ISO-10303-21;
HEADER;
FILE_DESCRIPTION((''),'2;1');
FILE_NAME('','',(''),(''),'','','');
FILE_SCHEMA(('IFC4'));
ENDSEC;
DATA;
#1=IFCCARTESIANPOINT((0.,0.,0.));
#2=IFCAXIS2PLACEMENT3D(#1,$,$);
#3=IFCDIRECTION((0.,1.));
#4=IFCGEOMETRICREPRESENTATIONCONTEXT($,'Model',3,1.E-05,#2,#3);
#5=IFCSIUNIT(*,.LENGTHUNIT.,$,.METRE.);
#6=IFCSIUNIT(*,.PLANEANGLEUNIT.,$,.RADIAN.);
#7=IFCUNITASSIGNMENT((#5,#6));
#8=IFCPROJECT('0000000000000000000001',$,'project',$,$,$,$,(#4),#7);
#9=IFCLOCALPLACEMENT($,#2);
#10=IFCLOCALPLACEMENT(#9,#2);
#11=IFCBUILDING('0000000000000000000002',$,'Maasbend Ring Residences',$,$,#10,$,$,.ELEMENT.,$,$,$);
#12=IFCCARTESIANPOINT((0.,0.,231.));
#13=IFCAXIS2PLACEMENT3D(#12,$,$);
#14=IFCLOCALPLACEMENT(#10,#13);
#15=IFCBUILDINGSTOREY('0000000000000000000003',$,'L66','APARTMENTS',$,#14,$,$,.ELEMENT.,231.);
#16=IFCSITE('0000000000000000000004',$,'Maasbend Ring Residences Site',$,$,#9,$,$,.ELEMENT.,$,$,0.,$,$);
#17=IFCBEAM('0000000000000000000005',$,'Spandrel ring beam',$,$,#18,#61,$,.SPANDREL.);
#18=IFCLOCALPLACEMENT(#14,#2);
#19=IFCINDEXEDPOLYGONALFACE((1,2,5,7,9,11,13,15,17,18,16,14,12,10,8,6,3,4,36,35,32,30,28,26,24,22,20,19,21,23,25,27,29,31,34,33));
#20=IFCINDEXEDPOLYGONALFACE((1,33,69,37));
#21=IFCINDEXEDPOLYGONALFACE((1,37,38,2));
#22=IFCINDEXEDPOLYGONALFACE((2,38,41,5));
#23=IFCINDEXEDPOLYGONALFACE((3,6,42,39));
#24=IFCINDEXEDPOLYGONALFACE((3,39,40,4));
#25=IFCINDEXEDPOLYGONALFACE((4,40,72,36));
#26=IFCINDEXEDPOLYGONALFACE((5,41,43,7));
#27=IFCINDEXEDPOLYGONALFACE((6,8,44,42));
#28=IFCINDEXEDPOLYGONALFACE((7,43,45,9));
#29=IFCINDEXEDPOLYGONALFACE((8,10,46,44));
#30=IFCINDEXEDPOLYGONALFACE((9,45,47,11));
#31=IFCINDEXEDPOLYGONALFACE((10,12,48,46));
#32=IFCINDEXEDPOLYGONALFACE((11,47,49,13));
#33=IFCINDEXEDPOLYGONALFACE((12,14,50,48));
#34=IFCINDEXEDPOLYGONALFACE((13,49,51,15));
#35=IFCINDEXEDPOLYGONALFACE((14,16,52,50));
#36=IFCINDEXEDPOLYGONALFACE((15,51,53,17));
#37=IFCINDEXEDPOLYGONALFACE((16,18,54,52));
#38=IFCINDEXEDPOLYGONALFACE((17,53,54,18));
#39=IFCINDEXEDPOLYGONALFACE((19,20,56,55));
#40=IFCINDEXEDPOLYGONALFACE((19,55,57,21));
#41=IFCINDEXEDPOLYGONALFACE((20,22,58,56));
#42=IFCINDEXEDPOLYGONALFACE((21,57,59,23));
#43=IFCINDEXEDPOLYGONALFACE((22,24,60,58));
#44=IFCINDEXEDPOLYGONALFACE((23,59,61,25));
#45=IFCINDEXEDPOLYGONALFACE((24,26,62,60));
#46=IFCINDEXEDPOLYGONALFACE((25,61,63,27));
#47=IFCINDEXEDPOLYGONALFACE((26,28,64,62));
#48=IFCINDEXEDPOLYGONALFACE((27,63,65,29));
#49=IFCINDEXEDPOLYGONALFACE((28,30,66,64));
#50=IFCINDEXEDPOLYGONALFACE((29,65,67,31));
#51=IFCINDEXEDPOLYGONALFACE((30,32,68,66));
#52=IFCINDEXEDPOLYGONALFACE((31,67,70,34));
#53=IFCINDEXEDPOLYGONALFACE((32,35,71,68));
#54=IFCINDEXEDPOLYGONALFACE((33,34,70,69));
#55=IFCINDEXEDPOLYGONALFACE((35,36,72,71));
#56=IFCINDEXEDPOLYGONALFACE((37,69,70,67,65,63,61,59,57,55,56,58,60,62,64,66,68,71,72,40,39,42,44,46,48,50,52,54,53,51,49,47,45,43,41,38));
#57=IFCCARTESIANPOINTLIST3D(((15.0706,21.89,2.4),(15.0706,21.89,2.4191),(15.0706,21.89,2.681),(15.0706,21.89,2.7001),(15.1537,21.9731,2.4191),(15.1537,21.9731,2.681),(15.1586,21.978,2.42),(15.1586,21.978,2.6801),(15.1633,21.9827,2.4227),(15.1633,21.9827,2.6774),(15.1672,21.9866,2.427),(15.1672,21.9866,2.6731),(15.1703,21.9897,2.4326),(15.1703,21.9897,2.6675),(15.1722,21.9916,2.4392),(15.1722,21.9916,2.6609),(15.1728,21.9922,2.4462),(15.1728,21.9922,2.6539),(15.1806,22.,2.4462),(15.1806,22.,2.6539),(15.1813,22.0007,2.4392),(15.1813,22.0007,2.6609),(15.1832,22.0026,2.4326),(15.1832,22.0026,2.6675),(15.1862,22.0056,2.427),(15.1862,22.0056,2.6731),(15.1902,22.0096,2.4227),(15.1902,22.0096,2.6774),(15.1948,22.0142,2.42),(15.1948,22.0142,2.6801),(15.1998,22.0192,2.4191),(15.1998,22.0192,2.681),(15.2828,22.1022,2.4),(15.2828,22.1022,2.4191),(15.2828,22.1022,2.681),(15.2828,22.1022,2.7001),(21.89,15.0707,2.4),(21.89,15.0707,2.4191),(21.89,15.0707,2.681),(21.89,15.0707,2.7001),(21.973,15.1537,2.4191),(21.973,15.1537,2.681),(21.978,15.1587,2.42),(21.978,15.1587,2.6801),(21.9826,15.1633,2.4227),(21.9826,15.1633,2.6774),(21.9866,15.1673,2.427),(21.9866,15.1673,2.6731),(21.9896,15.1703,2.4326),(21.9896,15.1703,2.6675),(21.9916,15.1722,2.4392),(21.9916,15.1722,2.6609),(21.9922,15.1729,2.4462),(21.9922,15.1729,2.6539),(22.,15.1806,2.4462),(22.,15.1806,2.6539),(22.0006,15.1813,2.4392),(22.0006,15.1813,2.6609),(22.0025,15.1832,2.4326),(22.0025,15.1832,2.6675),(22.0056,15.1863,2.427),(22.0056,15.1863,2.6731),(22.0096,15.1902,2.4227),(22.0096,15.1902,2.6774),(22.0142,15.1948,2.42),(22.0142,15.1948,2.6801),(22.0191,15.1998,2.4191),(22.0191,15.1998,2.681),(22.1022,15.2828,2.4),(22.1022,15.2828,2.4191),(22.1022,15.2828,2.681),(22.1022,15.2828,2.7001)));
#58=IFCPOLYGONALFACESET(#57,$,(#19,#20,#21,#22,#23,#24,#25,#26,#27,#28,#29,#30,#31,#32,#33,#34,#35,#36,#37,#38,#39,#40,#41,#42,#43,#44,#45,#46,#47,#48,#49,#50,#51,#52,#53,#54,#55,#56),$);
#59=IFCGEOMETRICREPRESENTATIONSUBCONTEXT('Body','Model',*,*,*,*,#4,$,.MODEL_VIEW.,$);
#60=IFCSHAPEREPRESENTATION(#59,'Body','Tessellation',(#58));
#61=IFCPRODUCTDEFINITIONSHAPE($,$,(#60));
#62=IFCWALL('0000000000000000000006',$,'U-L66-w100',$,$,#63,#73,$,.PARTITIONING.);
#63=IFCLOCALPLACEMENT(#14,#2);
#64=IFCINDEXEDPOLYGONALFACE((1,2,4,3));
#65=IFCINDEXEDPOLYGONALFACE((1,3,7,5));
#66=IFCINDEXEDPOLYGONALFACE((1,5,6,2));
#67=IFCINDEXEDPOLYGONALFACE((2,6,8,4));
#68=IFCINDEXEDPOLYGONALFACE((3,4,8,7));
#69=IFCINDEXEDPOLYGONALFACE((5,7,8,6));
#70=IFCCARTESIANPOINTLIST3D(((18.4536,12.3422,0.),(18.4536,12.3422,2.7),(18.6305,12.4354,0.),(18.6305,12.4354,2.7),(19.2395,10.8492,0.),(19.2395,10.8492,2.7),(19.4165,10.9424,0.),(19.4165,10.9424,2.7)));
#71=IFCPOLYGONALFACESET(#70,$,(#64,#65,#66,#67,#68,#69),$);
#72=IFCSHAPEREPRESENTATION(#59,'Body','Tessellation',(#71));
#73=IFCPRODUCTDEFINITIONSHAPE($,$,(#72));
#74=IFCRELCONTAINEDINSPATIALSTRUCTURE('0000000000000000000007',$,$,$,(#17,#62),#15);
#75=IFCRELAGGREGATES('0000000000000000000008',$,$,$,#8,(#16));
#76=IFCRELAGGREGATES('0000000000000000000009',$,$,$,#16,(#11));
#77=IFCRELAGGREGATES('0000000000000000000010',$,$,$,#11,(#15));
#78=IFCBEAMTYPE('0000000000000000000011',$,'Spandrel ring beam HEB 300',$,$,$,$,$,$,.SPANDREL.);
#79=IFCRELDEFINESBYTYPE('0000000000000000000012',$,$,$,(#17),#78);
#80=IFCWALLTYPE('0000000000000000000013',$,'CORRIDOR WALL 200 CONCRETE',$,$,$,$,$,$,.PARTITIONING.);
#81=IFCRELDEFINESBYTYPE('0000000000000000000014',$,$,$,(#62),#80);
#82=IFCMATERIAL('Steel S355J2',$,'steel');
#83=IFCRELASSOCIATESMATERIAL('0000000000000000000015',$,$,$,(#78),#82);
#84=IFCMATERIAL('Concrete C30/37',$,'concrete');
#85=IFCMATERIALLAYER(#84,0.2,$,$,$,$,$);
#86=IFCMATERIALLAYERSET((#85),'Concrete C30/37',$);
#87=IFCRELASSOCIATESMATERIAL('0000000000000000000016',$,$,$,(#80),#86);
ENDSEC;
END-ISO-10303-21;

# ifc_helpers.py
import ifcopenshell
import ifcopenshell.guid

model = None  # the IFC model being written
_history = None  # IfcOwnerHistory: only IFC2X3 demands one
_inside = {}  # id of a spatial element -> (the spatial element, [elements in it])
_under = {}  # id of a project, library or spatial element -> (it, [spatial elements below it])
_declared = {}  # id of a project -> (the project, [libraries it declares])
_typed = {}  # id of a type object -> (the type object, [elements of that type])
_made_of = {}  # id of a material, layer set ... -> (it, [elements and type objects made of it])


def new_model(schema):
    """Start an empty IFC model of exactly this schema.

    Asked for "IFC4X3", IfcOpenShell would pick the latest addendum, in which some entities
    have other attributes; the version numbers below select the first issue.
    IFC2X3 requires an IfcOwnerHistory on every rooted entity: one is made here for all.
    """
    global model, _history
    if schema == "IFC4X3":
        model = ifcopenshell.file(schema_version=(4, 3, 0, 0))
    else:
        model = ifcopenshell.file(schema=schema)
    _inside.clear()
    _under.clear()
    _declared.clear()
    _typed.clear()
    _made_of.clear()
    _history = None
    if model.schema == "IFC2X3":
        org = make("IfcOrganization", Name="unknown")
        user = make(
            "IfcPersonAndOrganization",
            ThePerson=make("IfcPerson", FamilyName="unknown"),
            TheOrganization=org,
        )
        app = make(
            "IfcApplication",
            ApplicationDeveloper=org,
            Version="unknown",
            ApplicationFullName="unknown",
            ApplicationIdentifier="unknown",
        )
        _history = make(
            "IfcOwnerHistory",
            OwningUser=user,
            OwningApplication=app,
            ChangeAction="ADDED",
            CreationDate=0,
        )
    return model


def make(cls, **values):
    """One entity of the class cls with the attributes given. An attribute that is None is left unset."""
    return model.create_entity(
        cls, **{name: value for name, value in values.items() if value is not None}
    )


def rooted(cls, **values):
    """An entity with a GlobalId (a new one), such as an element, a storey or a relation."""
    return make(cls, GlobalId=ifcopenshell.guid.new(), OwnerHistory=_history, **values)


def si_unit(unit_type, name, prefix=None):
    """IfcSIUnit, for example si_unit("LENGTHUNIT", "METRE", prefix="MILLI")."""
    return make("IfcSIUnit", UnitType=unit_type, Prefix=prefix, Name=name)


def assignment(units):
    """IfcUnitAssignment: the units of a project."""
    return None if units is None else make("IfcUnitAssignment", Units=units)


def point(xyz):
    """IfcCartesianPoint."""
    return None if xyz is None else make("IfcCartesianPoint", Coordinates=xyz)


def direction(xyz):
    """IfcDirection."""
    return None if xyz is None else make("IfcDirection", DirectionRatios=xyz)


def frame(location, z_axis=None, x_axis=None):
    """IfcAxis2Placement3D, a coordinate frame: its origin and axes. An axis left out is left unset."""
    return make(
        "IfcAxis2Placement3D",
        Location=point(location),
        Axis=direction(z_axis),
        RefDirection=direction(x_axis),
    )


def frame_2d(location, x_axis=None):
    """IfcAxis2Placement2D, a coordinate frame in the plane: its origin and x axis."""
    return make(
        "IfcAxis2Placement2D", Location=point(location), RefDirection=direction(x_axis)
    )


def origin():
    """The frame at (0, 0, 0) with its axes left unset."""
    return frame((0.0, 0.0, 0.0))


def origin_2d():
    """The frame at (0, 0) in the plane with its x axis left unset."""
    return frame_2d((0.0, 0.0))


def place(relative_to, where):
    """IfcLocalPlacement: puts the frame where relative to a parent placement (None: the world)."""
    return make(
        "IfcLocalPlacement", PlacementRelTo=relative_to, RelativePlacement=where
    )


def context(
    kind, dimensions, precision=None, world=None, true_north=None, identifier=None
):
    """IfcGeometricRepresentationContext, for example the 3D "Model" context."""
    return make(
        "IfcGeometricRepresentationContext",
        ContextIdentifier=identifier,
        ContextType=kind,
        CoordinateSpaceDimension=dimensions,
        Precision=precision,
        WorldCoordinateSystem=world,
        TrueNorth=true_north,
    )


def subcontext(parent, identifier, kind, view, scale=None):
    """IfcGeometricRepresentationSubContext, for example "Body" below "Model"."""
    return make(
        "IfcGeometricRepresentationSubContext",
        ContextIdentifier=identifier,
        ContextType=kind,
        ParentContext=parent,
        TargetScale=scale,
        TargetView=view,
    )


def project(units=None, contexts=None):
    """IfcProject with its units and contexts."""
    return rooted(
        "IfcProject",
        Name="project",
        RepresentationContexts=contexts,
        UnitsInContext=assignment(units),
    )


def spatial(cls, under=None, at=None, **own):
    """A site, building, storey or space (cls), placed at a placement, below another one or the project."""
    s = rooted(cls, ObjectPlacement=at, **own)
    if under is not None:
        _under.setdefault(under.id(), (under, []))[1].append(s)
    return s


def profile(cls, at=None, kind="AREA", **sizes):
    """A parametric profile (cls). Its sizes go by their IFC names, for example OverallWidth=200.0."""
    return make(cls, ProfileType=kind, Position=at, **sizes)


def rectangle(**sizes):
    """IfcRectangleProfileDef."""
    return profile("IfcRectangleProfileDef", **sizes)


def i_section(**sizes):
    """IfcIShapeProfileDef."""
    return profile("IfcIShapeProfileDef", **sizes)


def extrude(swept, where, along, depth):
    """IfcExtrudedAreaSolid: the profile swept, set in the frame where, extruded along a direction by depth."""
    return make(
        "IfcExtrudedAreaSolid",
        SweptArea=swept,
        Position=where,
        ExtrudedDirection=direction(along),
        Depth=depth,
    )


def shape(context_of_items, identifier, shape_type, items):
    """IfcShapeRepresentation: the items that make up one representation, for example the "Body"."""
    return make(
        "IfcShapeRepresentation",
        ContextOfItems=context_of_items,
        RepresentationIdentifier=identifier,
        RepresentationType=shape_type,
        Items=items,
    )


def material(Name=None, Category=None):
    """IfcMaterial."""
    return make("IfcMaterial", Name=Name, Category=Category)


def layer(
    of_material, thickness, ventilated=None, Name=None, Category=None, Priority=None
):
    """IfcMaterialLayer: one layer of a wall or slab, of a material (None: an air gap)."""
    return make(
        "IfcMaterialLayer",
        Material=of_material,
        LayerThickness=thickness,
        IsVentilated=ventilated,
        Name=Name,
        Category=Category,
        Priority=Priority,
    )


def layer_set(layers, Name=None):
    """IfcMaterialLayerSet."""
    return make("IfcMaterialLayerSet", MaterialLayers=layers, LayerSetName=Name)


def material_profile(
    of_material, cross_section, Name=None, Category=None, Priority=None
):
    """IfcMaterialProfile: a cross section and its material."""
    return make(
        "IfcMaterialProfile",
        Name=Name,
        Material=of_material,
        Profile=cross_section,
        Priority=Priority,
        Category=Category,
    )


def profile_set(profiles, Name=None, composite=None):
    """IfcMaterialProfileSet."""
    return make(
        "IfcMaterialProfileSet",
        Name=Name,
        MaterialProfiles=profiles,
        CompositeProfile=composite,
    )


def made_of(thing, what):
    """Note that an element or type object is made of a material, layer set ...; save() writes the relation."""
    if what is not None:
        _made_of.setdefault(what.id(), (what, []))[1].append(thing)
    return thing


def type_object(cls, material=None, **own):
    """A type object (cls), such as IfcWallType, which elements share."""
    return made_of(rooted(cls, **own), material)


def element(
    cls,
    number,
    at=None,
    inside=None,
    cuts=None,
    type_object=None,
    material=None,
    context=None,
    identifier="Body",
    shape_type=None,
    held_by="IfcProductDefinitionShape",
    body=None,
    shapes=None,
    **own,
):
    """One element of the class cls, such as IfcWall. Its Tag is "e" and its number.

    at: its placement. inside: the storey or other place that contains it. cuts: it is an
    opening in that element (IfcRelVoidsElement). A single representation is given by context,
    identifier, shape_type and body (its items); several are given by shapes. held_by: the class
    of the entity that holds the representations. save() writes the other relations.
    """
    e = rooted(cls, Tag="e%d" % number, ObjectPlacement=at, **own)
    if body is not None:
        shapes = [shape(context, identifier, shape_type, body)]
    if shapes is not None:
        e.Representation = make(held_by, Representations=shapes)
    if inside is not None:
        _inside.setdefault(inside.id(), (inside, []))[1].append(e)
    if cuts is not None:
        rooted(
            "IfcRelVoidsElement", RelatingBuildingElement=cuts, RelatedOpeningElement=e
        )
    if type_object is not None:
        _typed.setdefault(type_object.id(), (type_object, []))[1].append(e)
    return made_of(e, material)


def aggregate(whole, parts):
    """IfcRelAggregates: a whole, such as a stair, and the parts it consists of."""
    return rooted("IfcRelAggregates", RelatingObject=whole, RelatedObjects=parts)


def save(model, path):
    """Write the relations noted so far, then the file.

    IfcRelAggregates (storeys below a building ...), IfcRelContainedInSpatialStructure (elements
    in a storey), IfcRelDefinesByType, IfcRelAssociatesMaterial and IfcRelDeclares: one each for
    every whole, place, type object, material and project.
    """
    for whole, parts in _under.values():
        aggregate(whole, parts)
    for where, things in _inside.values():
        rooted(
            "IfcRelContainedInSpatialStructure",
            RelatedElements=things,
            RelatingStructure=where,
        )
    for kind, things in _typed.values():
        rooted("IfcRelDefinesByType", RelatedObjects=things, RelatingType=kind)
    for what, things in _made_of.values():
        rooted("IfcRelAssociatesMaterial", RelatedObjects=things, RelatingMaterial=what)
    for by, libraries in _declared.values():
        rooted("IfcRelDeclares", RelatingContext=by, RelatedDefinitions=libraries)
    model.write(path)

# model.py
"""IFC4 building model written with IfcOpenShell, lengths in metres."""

from ifc_helpers import new_model, si_unit, direction, frame, frame_2d, origin, origin_2d, place, context, subcontext, project, spatial, rectangle, i_section, extrude, material, layer, layer_set, material_profile, profile_set, type_object, element, save


model = new_model("IFC4")

# Units and contexts
model_context = context("Model", 3, precision=1e-05, world=origin(), true_north=direction((0.0, 1.0)))
body_context = subcontext(model_context, "Body", "Model", "MODEL_VIEW")
ifc_project = project(units=[si_unit("LENGTHUNIT", "METRE"), si_unit("PLANEANGLEUNIT", "RADIAN")], contexts=[model_context])

# Site, building, storey
site_placement = place(None, origin())
site = spatial("IfcSite", under=ifc_project, at=site_placement, Name="Maasbend Ring Residences Site", CompositionType="ELEMENT", RefElevation=0.0)
building_placement = place(site_placement, origin())
building = spatial("IfcBuilding", under=site, at=building_placement, Name="Maasbend Ring Residences", CompositionType="ELEMENT")
storey_placement = place(building_placement, frame((0.0, 0.0, 231.0)))
storey = spatial("IfcBuildingStorey", under=building, at=storey_placement, Name="L66", Description="APARTMENTS", CompositionType="ELEMENT", Elevation=231.0)

# Beam
ifc_material_1 = material(Name="Steel S355J2", Category="steel")
ifc_material_profile_1 = material_profile(ifc_material_1, i_section(OverallWidth=0.3, OverallDepth=0.3, WebThickness=0.011, FlangeThickness=0.019, FilletRadius=0.0271, at=origin_2d()), Name="HEB 300")
ifc_profile_set_1 = profile_set([ifc_material_profile_1], Name="Steel S355J2")
beam_type = type_object("IfcBeamType", Name="Spandrel ring beam HEB 300", PredefinedType="SPANDREL", material=ifc_profile_set_1)
beam_placement = place(storey_placement, frame((21.9961, 15.1768, 2.55), z_axis=(-0.707107, 0.707107, 0.0), x_axis=(-0.707107, -0.707107, 0.0)))
element("IfcBeam", 1, at=beam_placement, inside=storey, type_object=beam_type, Name="Spandrel ring beam", PredefinedType="SPANDREL", context=body_context, shape_type="SweptSolid", body=[
    extrude(i_section(OverallWidth=0.3, OverallDepth=0.3, WebThickness=0.011, FlangeThickness=0.019, FilletRadius=0.0271, at=origin_2d()), origin(), (0.0, 0.0, 1.0), 9.644),
])

# Wall
ifc_material_2 = material(Name="Concrete C30/37", Category="concrete")
ifc_layer_1 = layer(ifc_material_2, 0.2)
ifc_layer_set_1 = layer_set([ifc_layer_1], Name="Concrete C30/37")
wall_type_1 = type_object("IfcWallType", Name="CORRIDOR WALL 200 CONCRETE", PredefinedType="PARTITIONING", material=ifc_layer_set_1)
wall_1_placement = place(storey_placement, frame((18.542, 12.3889, 0.0), z_axis=(0.0, 0.0, 1.0), x_axis=(0.465812, -0.884884, 0.0)))
element("IfcWall", 2, at=wall_1_placement, inside=storey, type_object=wall_type_1, Name="U-L66-w100", PredefinedType="PARTITIONING", context=body_context, shape_type="SweptSolid", body=[
    extrude(rectangle(XDim=1.6873, YDim=0.2, at=frame_2d((0.8438, 0.0))), origin(), (0.0, 0.0, 1.0), 2.7),
])

save(model, "model.ifc")
